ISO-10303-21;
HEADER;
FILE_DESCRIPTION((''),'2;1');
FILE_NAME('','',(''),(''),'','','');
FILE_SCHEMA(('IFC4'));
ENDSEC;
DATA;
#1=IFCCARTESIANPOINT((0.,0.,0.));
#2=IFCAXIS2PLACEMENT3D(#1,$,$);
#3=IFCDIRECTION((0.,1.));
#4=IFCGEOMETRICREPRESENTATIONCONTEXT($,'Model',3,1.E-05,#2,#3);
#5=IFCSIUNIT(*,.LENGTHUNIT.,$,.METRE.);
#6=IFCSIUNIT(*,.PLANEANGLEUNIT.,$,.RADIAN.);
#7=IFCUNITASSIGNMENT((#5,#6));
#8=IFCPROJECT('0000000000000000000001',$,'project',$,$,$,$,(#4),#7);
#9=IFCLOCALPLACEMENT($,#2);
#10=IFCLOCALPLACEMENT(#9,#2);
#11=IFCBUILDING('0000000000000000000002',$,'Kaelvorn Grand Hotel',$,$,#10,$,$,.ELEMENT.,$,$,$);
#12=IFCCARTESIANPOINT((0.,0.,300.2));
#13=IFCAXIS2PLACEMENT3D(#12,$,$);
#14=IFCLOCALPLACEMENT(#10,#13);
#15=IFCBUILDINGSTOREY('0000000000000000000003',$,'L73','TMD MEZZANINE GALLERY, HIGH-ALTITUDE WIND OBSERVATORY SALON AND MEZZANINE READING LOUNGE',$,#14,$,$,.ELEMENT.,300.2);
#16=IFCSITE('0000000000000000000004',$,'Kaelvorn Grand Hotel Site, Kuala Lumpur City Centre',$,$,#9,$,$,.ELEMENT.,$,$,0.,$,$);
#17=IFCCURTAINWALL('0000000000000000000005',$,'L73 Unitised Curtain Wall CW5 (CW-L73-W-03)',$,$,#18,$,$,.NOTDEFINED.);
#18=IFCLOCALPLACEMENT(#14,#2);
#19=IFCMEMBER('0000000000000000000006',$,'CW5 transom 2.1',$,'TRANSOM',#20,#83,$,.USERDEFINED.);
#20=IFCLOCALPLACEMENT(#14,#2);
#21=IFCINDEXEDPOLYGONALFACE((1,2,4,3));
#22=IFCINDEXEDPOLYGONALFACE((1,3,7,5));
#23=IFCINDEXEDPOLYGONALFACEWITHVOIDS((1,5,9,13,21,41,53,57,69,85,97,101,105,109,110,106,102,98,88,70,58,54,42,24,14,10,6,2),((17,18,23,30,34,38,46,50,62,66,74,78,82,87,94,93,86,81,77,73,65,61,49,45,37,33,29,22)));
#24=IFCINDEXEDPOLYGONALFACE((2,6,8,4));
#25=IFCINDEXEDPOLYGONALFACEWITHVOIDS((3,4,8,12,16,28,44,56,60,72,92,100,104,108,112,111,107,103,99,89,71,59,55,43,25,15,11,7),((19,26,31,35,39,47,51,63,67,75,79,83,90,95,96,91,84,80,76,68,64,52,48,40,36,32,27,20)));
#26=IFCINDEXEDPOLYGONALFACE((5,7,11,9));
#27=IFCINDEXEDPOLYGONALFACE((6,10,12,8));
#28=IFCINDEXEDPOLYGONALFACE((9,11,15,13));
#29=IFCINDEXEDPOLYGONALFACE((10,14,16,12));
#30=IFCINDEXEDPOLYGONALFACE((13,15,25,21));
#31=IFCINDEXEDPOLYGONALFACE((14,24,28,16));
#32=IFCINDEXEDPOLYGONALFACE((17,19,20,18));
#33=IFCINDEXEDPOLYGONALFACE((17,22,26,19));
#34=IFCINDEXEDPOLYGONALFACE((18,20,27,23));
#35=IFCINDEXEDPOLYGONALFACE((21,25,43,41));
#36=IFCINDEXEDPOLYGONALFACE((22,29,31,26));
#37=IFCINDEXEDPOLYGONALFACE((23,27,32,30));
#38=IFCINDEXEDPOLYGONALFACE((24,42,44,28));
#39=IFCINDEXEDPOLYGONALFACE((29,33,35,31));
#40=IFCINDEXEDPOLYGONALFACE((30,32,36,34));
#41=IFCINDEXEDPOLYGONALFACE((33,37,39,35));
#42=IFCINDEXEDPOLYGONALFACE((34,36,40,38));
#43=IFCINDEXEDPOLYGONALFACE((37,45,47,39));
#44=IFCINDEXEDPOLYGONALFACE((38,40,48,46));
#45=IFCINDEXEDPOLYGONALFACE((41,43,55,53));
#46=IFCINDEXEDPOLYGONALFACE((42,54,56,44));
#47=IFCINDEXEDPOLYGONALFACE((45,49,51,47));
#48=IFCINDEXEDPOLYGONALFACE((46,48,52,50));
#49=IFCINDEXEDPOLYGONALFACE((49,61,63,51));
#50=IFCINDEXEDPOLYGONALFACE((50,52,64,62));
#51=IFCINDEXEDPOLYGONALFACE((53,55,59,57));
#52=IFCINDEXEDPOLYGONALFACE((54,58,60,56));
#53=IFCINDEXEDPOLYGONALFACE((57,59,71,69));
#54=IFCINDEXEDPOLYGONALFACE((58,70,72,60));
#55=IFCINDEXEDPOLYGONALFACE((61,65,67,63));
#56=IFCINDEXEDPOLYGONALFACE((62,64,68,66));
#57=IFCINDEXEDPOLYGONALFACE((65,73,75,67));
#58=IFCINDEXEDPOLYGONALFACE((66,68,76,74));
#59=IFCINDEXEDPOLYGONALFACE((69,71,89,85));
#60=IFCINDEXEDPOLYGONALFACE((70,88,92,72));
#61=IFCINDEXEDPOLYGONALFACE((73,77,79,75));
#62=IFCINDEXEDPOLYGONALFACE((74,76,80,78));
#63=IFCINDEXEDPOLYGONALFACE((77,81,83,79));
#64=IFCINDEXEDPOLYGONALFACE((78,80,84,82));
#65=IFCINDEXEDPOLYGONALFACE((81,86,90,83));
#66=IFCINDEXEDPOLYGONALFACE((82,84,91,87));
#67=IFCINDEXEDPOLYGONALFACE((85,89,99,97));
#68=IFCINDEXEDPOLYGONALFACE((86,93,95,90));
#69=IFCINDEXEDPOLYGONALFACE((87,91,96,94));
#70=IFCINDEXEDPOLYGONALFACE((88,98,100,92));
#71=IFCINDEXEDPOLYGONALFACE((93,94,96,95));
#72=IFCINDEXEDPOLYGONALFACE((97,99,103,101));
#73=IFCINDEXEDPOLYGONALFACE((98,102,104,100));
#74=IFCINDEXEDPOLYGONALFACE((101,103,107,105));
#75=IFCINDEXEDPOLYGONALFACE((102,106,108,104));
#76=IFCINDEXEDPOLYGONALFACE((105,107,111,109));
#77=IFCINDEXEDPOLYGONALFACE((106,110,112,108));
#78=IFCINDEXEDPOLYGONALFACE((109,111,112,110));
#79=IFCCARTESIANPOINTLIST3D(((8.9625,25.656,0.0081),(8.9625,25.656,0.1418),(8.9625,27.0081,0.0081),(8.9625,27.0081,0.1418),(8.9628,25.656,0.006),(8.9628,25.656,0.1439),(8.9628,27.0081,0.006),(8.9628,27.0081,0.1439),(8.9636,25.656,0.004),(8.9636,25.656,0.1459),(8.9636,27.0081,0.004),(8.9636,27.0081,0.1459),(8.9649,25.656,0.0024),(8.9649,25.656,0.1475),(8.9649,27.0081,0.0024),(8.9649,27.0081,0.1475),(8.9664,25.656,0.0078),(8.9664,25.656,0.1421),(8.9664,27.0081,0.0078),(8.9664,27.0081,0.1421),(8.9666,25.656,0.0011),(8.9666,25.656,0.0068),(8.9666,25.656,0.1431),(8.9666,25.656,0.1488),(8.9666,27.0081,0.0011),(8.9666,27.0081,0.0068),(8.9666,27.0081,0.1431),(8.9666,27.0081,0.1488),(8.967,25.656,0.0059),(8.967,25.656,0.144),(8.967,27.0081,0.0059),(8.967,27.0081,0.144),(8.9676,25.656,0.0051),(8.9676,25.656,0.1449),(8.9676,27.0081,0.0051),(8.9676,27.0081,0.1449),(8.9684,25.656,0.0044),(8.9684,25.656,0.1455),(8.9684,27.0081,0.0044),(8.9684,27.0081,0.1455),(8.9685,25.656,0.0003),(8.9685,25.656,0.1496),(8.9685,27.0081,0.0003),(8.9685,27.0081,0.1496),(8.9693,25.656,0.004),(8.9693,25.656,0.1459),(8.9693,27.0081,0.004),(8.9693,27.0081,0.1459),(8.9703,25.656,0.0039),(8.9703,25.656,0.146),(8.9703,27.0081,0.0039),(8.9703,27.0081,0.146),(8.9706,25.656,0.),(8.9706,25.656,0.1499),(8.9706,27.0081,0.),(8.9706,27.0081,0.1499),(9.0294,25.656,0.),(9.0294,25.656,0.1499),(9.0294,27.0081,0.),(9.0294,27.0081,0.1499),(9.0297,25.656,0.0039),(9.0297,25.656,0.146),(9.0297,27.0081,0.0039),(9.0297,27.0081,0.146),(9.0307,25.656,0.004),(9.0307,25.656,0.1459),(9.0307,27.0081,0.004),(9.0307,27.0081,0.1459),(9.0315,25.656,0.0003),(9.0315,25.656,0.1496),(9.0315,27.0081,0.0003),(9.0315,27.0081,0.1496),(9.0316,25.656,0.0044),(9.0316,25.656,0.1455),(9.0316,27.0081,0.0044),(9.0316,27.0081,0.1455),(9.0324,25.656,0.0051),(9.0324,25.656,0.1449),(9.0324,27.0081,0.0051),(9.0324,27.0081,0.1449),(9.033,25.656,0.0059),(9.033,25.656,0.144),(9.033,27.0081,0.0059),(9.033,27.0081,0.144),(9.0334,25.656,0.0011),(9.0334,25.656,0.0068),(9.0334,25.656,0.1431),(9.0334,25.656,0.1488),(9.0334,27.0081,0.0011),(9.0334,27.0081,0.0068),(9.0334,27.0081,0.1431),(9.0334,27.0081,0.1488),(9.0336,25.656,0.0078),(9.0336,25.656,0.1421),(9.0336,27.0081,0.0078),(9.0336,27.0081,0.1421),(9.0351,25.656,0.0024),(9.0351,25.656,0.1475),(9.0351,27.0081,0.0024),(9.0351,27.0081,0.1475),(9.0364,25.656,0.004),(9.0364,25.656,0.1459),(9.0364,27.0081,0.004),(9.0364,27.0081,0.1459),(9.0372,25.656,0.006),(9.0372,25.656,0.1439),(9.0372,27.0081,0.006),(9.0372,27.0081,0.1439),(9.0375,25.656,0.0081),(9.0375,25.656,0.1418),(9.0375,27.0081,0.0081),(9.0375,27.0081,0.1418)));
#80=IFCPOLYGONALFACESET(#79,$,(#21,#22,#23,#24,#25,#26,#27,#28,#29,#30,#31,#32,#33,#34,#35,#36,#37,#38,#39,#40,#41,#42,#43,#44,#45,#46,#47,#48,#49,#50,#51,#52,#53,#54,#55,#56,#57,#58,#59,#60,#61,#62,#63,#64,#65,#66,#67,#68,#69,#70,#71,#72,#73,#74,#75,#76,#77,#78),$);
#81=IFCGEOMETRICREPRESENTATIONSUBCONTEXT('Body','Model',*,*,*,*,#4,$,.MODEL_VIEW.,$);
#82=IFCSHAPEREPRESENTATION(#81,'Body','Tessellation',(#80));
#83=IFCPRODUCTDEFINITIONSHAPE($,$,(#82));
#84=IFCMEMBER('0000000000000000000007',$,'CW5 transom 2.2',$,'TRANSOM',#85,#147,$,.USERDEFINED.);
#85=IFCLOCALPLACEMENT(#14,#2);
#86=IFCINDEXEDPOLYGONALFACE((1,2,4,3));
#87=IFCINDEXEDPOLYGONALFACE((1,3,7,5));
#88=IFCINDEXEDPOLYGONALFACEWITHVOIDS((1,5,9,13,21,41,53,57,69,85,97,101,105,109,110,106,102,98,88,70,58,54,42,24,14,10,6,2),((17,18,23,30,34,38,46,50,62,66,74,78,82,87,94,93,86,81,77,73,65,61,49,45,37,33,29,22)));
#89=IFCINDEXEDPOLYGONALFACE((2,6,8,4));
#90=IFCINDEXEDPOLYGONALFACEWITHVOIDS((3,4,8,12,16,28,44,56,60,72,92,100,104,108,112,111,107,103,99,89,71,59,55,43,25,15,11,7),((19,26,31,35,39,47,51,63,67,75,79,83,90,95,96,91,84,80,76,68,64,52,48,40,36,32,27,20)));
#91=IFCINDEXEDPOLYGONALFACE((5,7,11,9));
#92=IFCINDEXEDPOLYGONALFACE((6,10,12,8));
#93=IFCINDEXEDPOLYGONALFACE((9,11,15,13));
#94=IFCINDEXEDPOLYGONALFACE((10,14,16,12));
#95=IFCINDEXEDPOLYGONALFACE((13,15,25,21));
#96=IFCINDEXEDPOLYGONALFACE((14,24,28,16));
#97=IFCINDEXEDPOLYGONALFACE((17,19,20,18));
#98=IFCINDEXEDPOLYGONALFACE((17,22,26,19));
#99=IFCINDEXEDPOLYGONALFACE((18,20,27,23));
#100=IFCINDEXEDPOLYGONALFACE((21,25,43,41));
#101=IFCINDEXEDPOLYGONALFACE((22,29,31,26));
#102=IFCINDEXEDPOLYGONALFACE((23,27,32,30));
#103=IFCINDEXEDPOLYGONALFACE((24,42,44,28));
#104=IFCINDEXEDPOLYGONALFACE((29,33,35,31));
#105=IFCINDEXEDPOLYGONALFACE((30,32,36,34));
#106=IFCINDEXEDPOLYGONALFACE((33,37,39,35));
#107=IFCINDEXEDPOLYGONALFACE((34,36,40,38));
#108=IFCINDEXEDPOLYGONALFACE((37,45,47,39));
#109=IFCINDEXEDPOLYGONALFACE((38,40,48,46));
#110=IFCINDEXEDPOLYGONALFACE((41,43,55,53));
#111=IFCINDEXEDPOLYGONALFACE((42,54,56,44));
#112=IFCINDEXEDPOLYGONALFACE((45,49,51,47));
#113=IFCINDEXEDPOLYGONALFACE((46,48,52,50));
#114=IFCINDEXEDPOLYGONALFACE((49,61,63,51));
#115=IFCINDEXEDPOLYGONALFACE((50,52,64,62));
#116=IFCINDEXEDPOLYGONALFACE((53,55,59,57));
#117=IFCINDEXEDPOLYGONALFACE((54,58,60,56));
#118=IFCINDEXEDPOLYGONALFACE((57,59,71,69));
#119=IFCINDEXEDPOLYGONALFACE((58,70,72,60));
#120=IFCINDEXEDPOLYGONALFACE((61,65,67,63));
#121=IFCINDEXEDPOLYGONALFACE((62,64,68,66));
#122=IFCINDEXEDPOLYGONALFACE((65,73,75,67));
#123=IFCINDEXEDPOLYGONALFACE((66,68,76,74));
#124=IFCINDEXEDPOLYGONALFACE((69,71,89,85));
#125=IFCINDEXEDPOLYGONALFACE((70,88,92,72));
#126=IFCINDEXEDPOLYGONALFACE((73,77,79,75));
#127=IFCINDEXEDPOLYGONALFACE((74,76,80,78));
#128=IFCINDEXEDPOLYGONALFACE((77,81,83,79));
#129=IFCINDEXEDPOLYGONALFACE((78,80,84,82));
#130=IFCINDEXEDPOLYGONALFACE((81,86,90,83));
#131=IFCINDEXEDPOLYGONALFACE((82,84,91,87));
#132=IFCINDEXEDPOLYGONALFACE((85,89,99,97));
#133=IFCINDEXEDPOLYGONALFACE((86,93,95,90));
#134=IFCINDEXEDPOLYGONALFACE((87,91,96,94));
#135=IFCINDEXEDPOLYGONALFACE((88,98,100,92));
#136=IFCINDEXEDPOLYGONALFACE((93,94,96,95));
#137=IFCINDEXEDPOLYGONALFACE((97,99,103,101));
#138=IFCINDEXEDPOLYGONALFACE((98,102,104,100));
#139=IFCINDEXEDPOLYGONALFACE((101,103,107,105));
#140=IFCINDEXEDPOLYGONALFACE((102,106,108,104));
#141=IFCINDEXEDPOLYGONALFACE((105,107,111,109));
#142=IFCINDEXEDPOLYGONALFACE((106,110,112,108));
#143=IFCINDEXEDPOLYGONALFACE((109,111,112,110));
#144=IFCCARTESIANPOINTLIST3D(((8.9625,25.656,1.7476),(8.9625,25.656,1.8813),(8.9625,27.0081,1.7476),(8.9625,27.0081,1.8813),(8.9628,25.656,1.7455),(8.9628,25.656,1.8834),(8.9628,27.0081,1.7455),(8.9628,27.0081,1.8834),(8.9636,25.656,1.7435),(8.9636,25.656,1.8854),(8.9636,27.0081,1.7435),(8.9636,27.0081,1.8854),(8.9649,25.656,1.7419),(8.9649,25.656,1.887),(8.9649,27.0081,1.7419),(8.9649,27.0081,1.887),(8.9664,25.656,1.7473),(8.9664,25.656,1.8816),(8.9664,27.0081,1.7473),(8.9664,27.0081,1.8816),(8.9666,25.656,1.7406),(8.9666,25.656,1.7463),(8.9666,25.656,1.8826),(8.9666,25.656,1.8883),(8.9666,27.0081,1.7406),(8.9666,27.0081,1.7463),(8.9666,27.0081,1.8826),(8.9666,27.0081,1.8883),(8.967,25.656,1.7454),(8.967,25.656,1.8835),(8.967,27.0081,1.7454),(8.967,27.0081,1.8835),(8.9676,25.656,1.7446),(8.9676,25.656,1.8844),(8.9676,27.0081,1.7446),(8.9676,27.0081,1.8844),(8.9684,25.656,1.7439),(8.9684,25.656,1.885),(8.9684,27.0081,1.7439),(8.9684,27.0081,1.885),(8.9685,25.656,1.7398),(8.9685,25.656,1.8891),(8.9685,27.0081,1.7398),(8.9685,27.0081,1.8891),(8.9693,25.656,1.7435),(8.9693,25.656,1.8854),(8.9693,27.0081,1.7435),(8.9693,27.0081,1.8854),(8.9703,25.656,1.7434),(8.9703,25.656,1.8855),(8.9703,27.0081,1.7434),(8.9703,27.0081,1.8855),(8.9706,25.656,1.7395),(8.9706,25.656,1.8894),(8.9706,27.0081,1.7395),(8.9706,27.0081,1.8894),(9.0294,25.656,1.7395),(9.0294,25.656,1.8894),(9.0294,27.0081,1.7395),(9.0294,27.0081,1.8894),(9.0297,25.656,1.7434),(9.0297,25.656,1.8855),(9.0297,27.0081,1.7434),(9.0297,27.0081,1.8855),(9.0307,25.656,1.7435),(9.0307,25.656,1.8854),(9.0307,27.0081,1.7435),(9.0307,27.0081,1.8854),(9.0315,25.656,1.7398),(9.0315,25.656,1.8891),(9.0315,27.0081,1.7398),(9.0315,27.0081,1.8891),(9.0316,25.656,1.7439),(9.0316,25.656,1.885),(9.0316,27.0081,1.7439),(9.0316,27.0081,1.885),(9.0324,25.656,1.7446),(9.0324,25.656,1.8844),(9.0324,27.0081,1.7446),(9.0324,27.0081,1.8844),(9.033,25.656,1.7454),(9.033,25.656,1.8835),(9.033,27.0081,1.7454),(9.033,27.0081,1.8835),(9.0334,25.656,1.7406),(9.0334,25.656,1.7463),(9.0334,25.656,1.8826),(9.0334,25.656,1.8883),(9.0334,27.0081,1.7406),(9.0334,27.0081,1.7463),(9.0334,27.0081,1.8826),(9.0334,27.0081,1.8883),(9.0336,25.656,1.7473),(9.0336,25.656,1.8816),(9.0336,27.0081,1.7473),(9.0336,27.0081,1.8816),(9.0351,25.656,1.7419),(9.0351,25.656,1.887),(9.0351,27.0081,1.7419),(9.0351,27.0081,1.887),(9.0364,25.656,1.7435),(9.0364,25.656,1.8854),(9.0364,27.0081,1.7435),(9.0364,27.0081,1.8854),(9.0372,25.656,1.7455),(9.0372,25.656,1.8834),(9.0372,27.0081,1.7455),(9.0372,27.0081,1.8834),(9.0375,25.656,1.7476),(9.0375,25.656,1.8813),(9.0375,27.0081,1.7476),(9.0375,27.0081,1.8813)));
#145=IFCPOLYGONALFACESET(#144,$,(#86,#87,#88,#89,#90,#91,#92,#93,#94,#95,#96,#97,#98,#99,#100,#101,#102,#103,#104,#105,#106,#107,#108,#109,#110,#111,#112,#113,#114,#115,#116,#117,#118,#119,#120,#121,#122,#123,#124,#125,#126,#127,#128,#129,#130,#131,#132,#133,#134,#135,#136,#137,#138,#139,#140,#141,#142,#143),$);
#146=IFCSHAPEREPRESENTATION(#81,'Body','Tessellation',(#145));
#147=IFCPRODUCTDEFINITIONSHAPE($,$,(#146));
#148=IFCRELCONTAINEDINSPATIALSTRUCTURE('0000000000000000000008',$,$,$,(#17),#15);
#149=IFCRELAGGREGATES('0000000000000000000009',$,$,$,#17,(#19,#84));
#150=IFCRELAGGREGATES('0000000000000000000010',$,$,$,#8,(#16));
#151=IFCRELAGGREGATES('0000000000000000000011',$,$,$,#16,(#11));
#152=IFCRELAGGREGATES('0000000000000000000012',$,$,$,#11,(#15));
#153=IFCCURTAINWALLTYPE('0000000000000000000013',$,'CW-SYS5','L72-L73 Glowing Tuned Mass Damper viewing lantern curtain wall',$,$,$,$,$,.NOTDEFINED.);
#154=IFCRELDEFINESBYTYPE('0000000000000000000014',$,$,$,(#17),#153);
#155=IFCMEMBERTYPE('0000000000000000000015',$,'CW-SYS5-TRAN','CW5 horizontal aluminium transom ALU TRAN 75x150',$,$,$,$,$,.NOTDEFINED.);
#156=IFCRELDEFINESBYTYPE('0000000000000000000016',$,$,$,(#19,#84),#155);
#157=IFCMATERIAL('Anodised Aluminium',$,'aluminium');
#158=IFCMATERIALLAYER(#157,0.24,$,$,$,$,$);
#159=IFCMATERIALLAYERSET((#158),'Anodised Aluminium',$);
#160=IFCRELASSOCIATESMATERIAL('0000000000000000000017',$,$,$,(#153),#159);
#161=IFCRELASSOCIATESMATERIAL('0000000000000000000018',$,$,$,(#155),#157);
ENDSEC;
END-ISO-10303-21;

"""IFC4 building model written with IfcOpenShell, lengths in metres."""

from ifc_helpers import new_model, si_unit, direction, frame, origin, origin_2d, place, context, subcontext, project, spatial, hollow_rectangle, extrude, material, layer, layer_set, material_profile, profile_set, type_object, element, aggregate, save


model = new_model("IFC4")

# Units and contexts
model_context = context("Model", 3, precision=1e-05, world=origin(), true_north=direction((0.0, 1.0)))
body_context = subcontext(model_context, "Body", "Model", "MODEL_VIEW")
ifc_project = project(units=[si_unit("LENGTHUNIT", "METRE"), si_unit("PLANEANGLEUNIT", "RADIAN")], contexts=[model_context])

# Site, building, storey
site_placement = place(None, origin())
site = spatial("IfcSite", under=ifc_project, at=site_placement, Name="Kaelvorn Grand Hotel Site, Kuala Lumpur City Centre", CompositionType="ELEMENT", RefElevation=0.0)
building_placement = place(site_placement, origin())
building = spatial("IfcBuilding", under=site, at=building_placement, Name="Kaelvorn Grand Hotel", CompositionType="ELEMENT")
storey_placement = place(building_placement, frame((0.0, 0.0, 300.2)))
storey = spatial("IfcBuildingStorey", under=building, at=storey_placement, Name="L73", Description="TMD MEZZANINE GALLERY, HIGH-ALTITUDE WIND OBSERVATORY SALON AND MEZZANINE READING LOUNGE", CompositionType="ELEMENT", Elevation=300.2)

# Curtain wall, members
ifc_material_1 = material(Name="Anodised Aluminium", Category="aluminium")
ifc_layer_1 = layer(ifc_material_1, 0.24)
ifc_layer_set_1 = layer_set([ifc_layer_1], Name="Anodised Aluminium")
curtain_wall_type = type_object("IfcCurtainWallType", Name="CW-SYS5", Description="L72-L73 Glowing Tuned Mass Damper viewing lantern curtain wall", PredefinedType="NOTDEFINED", material=ifc_layer_set_1)
curtain_wall_placement = place(storey_placement, origin())
curtain_wall = element("IfcCurtainWall", 1, at=curtain_wall_placement, inside=storey, type_object=curtain_wall_type, Name="L73 Unitised Curtain Wall CW5 (CW-L73-W-03)", PredefinedType="NOTDEFINED")
ifc_material_profile_1 = material_profile(ifc_material_1, hollow_rectangle(XDim=0.075, YDim=0.1499, WallThickness=0.0039, InnerFilletRadius=0.0039, OuterFilletRadius=0.0081, at=origin_2d()), Name="ALU TRAN 75x150")
ifc_profile_set_1 = profile_set([ifc_material_profile_1], Name="Anodised Aluminium")
member_type_1 = type_object("IfcMemberType", Name="CW-SYS5-TRAN", Description="CW5 horizontal aluminium transom ALU TRAN 75x150", PredefinedType="NOTDEFINED", material=ifc_profile_set_1)
member_1_placement = place(storey_placement, frame((9.0, 27.0081, 0.075), z_axis=(0.0, -1.0, 0.0), x_axis=(1.0, 0.0, 0.0)))
member_1 = element("IfcMember", 2, at=member_1_placement, type_object=member_type_1, Name="CW5 transom 2.1", ObjectType="TRANSOM", PredefinedType="USERDEFINED", context=body_context, shape_type="SweptSolid", body=[
    extrude(hollow_rectangle(XDim=0.075, YDim=0.1499, WallThickness=0.0039, InnerFilletRadius=0.0039, OuterFilletRadius=0.0081, at=origin_2d()), origin(), (0.0, 0.0, 1.0), 1.3521),
])
member_2_placement = place(storey_placement, frame((9.0, 27.0081, 1.8145), z_axis=(0.0, -1.0, 0.0), x_axis=(1.0, 0.0, 0.0)))
member_2 = element("IfcMember", 3, at=member_2_placement, type_object=member_type_1, Name="CW5 transom 2.2", ObjectType="TRANSOM", PredefinedType="USERDEFINED", context=body_context, shape_type="SweptSolid", body=[
    extrude(hollow_rectangle(XDim=0.075, YDim=0.1499, WallThickness=0.0039, InnerFilletRadius=0.0039, OuterFilletRadius=0.0081, at=origin_2d()), origin(), (0.0, 0.0, 1.0), 1.3521),
])
aggregate(curtain_wall, [member_1, member_2])

save(model, "model.ifc")
